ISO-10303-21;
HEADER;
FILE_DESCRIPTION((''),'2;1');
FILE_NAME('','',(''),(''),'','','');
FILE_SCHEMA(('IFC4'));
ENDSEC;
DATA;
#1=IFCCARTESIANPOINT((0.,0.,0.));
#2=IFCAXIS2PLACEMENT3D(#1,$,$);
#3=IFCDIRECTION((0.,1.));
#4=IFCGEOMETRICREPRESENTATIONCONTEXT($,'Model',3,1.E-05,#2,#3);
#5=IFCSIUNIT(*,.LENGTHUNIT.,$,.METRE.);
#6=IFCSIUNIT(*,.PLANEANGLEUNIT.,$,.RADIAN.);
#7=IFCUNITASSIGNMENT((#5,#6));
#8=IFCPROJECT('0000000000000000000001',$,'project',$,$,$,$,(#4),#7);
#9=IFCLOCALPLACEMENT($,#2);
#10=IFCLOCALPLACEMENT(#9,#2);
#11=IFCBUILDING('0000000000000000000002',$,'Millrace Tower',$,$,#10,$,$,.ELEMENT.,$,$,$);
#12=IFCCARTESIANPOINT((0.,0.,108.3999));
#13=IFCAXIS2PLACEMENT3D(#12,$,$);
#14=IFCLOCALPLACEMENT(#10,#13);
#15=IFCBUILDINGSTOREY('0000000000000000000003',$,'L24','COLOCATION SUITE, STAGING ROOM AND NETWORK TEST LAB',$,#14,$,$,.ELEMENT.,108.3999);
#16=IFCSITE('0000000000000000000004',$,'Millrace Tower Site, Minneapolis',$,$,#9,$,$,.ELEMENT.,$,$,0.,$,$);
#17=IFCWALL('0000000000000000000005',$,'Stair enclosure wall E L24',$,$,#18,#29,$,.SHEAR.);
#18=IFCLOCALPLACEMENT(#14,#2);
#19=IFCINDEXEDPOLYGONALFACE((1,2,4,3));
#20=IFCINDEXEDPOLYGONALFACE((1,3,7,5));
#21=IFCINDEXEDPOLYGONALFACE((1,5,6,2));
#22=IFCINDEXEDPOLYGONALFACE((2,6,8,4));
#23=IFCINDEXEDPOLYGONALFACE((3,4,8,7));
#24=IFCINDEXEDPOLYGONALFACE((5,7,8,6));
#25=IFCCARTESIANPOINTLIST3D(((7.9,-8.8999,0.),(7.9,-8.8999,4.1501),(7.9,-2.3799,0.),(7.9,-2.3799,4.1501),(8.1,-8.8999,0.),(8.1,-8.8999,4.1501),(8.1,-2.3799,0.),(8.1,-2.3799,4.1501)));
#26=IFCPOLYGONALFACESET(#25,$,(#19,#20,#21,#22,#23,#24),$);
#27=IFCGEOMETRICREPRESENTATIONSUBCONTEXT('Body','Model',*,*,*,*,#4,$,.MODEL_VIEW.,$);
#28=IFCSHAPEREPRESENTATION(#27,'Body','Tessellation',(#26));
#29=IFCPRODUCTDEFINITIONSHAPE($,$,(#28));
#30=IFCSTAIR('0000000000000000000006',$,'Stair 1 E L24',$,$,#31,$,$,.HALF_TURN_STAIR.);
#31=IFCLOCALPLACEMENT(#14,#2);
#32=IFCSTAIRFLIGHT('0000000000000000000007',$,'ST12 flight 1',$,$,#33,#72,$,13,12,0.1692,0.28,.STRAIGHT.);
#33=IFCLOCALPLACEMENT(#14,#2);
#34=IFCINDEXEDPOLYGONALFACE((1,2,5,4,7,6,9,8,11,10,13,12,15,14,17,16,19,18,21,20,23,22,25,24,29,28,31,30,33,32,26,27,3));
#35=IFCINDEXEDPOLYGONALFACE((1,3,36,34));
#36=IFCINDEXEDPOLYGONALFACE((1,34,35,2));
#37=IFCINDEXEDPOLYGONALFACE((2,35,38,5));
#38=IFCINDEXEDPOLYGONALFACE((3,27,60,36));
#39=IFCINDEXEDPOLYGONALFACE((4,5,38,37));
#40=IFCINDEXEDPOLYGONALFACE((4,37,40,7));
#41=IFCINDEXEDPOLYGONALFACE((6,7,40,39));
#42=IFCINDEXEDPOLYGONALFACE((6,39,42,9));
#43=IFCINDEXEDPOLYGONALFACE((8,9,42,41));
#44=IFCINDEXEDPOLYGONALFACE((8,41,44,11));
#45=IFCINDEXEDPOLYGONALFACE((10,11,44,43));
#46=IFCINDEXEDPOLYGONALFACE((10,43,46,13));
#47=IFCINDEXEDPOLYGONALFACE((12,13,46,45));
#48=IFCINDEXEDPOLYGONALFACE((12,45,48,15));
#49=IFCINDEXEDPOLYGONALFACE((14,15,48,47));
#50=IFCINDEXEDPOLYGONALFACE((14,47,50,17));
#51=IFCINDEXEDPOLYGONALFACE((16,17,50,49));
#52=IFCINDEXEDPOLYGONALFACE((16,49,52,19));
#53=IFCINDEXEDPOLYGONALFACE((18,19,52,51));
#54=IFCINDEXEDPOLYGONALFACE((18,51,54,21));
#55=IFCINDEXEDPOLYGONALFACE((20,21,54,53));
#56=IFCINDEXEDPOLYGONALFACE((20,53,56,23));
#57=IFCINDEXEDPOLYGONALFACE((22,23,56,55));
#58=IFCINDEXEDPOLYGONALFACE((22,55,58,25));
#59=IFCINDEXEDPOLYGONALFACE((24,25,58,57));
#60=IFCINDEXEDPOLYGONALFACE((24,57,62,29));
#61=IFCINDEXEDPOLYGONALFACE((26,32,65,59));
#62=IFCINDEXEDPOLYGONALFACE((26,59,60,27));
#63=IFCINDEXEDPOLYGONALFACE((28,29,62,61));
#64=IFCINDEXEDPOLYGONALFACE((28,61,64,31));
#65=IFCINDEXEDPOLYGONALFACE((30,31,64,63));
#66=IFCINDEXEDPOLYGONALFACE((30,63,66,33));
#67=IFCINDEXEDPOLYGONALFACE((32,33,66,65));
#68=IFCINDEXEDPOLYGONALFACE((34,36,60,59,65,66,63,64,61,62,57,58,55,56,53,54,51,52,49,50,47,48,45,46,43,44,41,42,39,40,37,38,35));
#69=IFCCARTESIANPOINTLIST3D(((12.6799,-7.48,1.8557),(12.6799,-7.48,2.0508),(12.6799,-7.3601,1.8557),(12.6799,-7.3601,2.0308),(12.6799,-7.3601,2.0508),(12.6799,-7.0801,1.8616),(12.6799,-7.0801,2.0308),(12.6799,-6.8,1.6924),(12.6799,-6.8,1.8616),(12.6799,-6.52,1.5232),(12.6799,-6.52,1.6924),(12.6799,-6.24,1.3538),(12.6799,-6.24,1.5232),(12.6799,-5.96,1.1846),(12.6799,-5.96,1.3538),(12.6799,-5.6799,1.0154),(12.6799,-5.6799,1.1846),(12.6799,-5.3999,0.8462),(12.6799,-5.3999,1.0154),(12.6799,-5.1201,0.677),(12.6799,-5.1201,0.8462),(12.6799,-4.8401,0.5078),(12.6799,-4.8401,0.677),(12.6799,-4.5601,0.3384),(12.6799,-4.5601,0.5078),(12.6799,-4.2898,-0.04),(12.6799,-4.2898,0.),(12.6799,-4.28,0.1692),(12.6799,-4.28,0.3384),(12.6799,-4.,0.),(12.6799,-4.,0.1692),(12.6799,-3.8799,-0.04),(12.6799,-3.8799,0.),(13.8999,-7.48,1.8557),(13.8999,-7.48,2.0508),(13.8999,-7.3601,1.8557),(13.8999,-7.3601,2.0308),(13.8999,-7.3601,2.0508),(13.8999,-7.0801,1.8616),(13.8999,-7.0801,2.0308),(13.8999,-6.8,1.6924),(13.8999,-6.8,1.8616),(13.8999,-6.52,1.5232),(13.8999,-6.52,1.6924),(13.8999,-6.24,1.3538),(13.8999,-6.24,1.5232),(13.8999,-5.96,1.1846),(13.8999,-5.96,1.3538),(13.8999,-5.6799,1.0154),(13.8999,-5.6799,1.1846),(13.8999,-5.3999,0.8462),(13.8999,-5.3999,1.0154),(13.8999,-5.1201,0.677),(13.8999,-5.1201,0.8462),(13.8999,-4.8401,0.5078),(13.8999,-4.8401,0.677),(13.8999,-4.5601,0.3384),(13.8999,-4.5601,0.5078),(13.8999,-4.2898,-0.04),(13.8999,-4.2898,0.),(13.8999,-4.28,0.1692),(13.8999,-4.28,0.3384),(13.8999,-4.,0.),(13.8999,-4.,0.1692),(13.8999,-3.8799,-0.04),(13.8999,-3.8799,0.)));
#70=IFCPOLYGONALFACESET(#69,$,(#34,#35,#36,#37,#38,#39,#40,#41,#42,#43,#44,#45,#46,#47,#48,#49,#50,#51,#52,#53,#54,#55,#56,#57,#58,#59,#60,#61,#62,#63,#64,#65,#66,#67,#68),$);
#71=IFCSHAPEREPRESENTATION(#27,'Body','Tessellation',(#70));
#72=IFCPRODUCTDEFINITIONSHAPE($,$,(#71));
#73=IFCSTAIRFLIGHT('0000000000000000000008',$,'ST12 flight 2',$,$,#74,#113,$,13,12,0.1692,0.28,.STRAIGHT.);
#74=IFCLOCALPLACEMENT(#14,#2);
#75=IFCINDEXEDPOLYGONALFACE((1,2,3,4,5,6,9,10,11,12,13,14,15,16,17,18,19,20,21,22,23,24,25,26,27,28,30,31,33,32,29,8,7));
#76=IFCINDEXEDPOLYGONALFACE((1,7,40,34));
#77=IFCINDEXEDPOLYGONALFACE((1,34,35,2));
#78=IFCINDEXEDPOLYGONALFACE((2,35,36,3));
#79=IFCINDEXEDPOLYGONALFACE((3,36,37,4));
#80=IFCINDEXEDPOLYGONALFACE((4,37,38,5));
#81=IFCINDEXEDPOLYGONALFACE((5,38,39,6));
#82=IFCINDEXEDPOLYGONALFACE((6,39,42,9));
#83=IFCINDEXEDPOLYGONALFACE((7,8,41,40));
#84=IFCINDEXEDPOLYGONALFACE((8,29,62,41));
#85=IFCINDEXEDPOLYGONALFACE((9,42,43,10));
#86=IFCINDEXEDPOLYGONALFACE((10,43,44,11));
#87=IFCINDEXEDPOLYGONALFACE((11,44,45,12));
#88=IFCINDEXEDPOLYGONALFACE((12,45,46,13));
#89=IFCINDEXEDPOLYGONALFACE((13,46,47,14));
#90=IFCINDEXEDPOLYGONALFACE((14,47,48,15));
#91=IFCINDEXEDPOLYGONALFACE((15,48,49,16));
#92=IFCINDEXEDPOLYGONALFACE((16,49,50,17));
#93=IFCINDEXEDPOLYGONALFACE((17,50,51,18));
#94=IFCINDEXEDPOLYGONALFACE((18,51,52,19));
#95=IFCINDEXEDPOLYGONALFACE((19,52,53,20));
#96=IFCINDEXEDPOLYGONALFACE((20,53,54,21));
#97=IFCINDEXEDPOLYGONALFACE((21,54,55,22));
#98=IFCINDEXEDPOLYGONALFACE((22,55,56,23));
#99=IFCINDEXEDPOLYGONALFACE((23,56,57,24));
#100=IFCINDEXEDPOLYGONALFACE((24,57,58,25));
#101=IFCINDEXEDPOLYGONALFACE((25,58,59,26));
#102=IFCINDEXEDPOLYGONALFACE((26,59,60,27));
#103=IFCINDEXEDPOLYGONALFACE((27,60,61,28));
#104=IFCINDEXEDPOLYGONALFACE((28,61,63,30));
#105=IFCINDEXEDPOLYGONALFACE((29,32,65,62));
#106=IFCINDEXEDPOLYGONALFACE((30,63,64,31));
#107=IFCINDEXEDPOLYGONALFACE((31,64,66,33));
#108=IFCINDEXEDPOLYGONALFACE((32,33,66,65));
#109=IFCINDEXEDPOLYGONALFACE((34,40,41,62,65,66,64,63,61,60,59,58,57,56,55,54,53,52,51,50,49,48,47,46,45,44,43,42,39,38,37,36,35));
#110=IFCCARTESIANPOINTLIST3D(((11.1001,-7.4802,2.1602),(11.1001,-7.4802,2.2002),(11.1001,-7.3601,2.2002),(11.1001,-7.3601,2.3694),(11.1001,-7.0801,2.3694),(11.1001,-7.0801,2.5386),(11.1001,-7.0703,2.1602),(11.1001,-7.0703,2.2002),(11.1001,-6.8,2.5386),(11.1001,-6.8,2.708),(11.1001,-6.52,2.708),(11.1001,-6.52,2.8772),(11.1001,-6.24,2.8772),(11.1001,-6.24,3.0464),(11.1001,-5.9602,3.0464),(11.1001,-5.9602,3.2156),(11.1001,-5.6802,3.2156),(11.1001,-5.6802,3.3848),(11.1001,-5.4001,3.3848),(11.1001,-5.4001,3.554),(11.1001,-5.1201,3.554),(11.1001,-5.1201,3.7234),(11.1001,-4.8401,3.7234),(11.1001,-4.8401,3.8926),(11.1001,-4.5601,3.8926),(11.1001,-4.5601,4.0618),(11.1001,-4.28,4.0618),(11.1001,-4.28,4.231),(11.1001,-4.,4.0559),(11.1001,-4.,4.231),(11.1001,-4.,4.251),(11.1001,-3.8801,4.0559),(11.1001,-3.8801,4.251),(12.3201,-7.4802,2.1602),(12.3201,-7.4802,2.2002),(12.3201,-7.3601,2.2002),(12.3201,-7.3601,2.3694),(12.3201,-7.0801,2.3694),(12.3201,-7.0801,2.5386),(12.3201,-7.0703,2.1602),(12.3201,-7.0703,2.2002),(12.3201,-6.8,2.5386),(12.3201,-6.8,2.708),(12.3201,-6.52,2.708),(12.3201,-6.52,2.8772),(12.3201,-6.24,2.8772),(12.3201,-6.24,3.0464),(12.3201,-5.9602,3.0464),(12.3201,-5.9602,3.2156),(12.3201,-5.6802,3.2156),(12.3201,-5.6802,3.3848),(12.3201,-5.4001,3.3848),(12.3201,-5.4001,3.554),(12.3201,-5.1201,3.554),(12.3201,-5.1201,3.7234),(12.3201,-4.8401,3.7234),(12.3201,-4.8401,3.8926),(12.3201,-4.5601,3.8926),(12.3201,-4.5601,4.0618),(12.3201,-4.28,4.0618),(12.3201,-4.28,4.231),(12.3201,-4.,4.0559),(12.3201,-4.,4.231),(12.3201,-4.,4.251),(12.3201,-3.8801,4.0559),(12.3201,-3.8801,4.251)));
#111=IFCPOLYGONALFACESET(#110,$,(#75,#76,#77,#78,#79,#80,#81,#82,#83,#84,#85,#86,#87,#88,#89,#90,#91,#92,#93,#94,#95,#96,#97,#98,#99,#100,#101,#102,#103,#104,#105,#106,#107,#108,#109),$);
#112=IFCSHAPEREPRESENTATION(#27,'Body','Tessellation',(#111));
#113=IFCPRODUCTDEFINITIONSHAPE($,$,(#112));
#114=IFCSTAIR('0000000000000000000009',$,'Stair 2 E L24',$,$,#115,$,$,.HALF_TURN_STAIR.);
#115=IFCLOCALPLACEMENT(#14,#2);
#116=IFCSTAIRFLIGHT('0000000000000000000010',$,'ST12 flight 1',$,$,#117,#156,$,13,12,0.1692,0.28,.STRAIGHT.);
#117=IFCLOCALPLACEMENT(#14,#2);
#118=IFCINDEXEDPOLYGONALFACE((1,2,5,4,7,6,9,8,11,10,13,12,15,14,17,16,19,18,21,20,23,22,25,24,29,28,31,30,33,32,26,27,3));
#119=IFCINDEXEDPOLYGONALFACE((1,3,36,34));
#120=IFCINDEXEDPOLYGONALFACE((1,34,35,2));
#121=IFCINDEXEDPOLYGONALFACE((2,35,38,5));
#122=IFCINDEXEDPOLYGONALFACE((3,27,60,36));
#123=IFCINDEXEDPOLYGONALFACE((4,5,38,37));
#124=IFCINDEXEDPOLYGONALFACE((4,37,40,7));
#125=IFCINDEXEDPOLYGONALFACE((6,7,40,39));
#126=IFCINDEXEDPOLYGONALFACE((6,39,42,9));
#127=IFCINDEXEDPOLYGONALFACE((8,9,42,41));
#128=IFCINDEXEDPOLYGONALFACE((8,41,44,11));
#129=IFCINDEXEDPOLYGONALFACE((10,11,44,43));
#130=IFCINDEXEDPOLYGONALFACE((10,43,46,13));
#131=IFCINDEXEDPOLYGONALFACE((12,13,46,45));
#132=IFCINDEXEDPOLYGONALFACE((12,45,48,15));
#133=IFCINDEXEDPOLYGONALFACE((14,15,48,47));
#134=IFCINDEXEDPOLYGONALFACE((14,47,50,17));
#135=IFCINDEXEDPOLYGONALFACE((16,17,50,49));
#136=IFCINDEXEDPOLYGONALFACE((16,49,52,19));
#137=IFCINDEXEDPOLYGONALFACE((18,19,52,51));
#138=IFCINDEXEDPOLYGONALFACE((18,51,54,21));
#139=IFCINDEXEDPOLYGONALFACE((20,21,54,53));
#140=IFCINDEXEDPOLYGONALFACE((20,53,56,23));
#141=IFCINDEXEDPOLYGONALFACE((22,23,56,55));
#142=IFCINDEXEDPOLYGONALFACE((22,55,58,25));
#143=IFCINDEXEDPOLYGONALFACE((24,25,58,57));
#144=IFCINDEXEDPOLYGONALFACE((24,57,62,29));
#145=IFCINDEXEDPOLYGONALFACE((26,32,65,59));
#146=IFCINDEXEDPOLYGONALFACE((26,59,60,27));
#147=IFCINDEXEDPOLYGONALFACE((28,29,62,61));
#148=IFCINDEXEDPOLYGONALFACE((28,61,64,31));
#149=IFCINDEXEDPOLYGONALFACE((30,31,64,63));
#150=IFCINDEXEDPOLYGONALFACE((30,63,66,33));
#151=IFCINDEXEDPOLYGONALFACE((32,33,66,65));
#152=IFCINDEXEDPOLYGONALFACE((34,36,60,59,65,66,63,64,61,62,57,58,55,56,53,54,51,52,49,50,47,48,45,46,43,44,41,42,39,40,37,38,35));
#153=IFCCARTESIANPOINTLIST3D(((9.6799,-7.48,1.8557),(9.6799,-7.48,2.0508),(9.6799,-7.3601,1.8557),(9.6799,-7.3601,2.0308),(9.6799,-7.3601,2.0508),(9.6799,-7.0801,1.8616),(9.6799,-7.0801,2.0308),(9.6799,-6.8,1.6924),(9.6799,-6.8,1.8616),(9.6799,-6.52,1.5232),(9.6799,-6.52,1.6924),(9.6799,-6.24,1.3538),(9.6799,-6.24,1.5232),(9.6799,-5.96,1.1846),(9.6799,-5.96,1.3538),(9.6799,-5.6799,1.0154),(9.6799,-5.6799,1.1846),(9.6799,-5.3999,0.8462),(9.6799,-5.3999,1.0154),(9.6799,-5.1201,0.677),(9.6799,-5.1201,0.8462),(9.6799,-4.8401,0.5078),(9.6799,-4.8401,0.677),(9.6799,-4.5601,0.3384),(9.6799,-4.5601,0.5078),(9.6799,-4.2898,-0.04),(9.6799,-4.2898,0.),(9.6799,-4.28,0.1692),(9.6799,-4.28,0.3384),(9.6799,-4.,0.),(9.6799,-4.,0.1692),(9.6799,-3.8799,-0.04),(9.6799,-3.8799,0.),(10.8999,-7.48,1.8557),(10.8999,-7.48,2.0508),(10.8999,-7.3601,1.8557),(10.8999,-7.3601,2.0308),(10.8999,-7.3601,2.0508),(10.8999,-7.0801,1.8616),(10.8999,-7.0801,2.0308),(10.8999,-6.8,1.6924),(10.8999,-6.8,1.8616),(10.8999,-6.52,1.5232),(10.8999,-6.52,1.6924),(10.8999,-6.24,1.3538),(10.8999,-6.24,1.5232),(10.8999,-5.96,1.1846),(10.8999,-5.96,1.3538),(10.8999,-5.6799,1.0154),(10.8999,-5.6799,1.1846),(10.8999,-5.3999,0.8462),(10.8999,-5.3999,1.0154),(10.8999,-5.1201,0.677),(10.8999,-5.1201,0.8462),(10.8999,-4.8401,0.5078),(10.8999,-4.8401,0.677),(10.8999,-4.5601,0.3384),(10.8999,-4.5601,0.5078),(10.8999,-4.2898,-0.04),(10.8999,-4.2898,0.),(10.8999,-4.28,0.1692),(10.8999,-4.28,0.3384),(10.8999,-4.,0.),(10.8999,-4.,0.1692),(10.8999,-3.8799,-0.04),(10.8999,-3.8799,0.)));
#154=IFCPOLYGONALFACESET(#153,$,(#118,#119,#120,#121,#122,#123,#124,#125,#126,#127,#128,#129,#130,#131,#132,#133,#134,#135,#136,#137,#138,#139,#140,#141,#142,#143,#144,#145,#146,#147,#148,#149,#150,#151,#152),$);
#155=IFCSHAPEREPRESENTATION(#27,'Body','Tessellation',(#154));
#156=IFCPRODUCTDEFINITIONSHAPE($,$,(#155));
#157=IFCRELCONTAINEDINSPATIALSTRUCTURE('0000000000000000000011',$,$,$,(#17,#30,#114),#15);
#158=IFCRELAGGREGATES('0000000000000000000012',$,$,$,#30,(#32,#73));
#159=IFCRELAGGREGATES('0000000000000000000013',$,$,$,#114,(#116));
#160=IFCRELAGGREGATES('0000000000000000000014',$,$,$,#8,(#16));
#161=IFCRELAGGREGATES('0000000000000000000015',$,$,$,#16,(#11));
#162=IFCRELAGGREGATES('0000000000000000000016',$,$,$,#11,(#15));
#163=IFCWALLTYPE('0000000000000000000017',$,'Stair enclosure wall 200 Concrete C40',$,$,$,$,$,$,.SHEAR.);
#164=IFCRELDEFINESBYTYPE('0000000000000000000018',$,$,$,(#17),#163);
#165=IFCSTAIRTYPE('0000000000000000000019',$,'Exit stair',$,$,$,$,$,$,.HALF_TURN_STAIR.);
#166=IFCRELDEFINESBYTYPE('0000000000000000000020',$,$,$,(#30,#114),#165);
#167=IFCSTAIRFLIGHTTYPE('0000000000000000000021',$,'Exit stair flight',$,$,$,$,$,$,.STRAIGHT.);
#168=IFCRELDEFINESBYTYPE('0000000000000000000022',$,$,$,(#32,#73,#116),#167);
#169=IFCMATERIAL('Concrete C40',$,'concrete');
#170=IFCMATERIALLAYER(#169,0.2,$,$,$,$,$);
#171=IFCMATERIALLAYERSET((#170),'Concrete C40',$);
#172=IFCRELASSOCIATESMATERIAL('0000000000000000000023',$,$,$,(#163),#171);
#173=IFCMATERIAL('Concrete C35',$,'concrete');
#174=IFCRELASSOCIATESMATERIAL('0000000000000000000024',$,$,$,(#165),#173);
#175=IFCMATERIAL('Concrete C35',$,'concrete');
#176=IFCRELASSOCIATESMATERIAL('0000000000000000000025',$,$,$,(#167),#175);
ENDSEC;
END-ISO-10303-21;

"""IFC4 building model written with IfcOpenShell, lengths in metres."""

from ifc_helpers import new_model, si_unit, direction, frame, frame_2d, origin, place, context, subcontext, project, spatial, polyline, rectangle, outline, extrude, material, layer, layer_set, type_object, element, aggregate, save


model = new_model("IFC4")

# Units and contexts
model_context = context("Model", 3, precision=1e-05, world=origin(), true_north=direction((0.0, 1.0)))
body_context = subcontext(model_context, "Body", "Model", "MODEL_VIEW")
ifc_project = project(units=[si_unit("LENGTHUNIT", "METRE"), si_unit("PLANEANGLEUNIT", "RADIAN")], contexts=[model_context])

# Site, building, storey
site_placement = place(None, origin())
site = spatial("IfcSite", under=ifc_project, at=site_placement, Name="Millrace Tower Site, Minneapolis", CompositionType="ELEMENT", RefElevation=0.0)
building_placement = place(site_placement, origin())
building = spatial("IfcBuilding", under=site, at=building_placement, Name="Millrace Tower", CompositionType="ELEMENT")
storey_placement = place(building_placement, frame((0.0, 0.0, 108.3999)))
storey = spatial("IfcBuildingStorey", under=building, at=storey_placement, Name="L24", Description="COLOCATION SUITE, STAGING ROOM AND NETWORK TEST LAB", CompositionType="ELEMENT", Elevation=108.3999)

# Shared definitions
placement_1 = place(storey_placement, origin())

# Wall
ifc_material_1 = material(Name="Concrete C40", Category="concrete")
ifc_layer_1 = layer(ifc_material_1, 0.2)
ifc_layer_set_1 = layer_set([ifc_layer_1], Name="Concrete C40")
wall_type_1 = type_object("IfcWallType", Name="Stair enclosure wall 200 Concrete C40", PredefinedType="SHEAR", material=ifc_layer_set_1)
for number, where, z_axis, x_axis, name in (
    (1, (8.0, -2.3799, 0.0), (0.0, 0.0, 1.0), (0.0, -1.0, 0.0), "Stair enclosure wall E L24"),
):
    element("IfcWall", number, at=place(storey_placement, frame(where, z_axis=z_axis, x_axis=x_axis)), inside=storey, type_object=wall_type_1, Name=name, PredefinedType="SHEAR", context=body_context, shape_type="SweptSolid", body=[
        extrude(rectangle(XDim=6.52, YDim=0.2, at=frame_2d((3.26, 0.0))), origin(), (0.0, 0.0, 1.0), 4.1501),
    ])

# Stairs, stair flights
ifc_material_2 = material(Name="Concrete C35", Category="concrete")
stair_type = type_object("IfcStairType", Name="Exit stair", PredefinedType="HALF_TURN_STAIR", material=ifc_material_2)
stair_1 = element("IfcStair", 2, at=placement_1, inside=storey, type_object=stair_type, Name="Stair 1 E L24", PredefinedType="HALF_TURN_STAIR")
ifc_material_3 = material(Name="Concrete C35", Category="concrete")
stair_flight_type = type_object("IfcStairFlightType", Name="Exit stair flight", PredefinedType="STRAIGHT", material=ifc_material_3)
stair_flight_1_placement = place(storey_placement, frame((13.29, -4.0, 0.0), z_axis=(0.0, 0.0, 1.0), x_axis=(0.0, -1.0, 0.0)))
stair_flight_1 = element("IfcStairFlight", 3, at=stair_flight_1_placement, type_object=stair_flight_type, Name="ST12 flight 1", NumberOfRisers=13, NumberOfTreads=12, PredefinedType="STRAIGHT", RiserHeight=0.1692, TreadLength=0.28, context=body_context, shape_type="SweptSolid", body=[
    extrude(outline(polyline([(-0.1201, -0.04), (-0.1201, 0.0), (0.0, 0.0), (0.0, 0.1692), (0.28, 0.1692), (0.28, 0.3384), (0.5601, 0.3384), (0.5601, 0.5078), (0.8401, 0.5078), (0.8401, 0.677), (1.1201, 0.677), (1.1201, 0.8462), (1.3999, 0.8462), (1.3999, 1.0154), (1.6799, 1.0154), (1.6799, 1.1846), (1.96, 1.1846), (1.96, 1.3538), (2.24, 1.3538), (2.24, 1.5232), (2.52, 1.5232), (2.52, 1.6924), (2.8, 1.6924), (2.8, 1.8616), (3.0801, 1.8616), (3.0801, 2.0308), (3.3601, 2.0308), (3.3601, 2.0508), (3.48, 2.0508), (3.48, 1.8557), (3.3601, 1.8557), (0.2898, 0.0), (0.2898, -0.04), (-0.1201, -0.04)])), frame((0.0, 0.6099, 0.0), z_axis=(0.0, -1.0, 0.0), x_axis=(1.0, 0.0, 0.0)), (0.0, 0.0, 1.0), 1.22),
])
stair_flight_2_placement = place(storey_placement, frame((11.71, -7.3601, 2.2002), z_axis=(0.0, 0.0, 1.0), x_axis=(0.0, 1.0, 0.0)))
stair_flight_2 = element("IfcStairFlight", 4, at=stair_flight_2_placement, type_object=stair_flight_type, Name="ST12 flight 2", NumberOfRisers=13, NumberOfTreads=12, PredefinedType="STRAIGHT", RiserHeight=0.1692, TreadLength=0.28, context=body_context, shape_type="SweptSolid", body=[
    extrude(outline(polyline([(-0.1201, -0.04), (-0.1201, 0.0), (0.0, 0.0), (0.0, 0.1692), (0.28, 0.1692), (0.28, 0.3384), (0.5601, 0.3384), (0.5601, 0.5078), (0.8401, 0.5078), (0.8401, 0.677), (1.1201, 0.677), (1.1201, 0.8462), (1.3999, 0.8462), (1.3999, 1.0154), (1.6799, 1.0154), (1.6799, 1.1846), (1.96, 1.1846), (1.96, 1.3538), (2.24, 1.3538), (2.24, 1.5232), (2.52, 1.5232), (2.52, 1.6924), (2.8, 1.6924), (2.8, 1.8616), (3.0801, 1.8616), (3.0801, 2.0308), (3.3601, 2.0308), (3.3601, 2.0508), (3.48, 2.0508), (3.48, 1.8557), (3.3601, 1.8557), (0.2898, 0.0), (0.2898, -0.04), (-0.1201, -0.04)])), frame((0.0, 0.6099, 0.0), z_axis=(0.0, -1.0, 0.0), x_axis=(1.0, 0.0, 0.0)), (0.0, 0.0, 1.0), 1.22),
])
aggregate(stair_1, [stair_flight_1, stair_flight_2])
stair_2 = element("IfcStair", 5, at=placement_1, inside=storey, type_object=stair_type, Name="Stair 2 E L24", PredefinedType="HALF_TURN_STAIR")
stair_flight_3_placement = place(storey_placement, frame((10.29, -4.0, 0.0), z_axis=(0.0, 0.0, 1.0), x_axis=(0.0, -1.0, 0.0)))
stair_flight_3 = element("IfcStairFlight", 6, at=stair_flight_3_placement, type_object=stair_flight_type, Name="ST12 flight 1", NumberOfRisers=13, NumberOfTreads=12, PredefinedType="STRAIGHT", RiserHeight=0.1692, TreadLength=0.28, context=body_context, shape_type="SweptSolid", body=[
    extrude(outline(polyline([(-0.1201, -0.04), (-0.1201, 0.0), (0.0, 0.0), (0.0, 0.1692), (0.28, 0.1692), (0.28, 0.3384), (0.5601, 0.3384), (0.5601, 0.5078), (0.8401, 0.5078), (0.8401, 0.677), (1.1201, 0.677), (1.1201, 0.8462), (1.3999, 0.8462), (1.3999, 1.0154), (1.6799, 1.0154), (1.6799, 1.1846), (1.96, 1.1846), (1.96, 1.3538), (2.24, 1.3538), (2.24, 1.5232), (2.52, 1.5232), (2.52, 1.6924), (2.8, 1.6924), (2.8, 1.8616), (3.0801, 1.8616), (3.0801, 2.0308), (3.3601, 2.0308), (3.3601, 2.0508), (3.48, 2.0508), (3.48, 1.8557), (3.3601, 1.8557), (0.2898, 0.0), (0.2898, -0.04), (-0.1201, -0.04)])), frame((0.0, 0.6099, 0.0), z_axis=(0.0, -1.0, 0.0), x_axis=(1.0, 0.0, 0.0)), (0.0, 0.0, 1.0), 1.22),
])
aggregate(stair_2, [stair_flight_3])

save(model, "model.ifc")
